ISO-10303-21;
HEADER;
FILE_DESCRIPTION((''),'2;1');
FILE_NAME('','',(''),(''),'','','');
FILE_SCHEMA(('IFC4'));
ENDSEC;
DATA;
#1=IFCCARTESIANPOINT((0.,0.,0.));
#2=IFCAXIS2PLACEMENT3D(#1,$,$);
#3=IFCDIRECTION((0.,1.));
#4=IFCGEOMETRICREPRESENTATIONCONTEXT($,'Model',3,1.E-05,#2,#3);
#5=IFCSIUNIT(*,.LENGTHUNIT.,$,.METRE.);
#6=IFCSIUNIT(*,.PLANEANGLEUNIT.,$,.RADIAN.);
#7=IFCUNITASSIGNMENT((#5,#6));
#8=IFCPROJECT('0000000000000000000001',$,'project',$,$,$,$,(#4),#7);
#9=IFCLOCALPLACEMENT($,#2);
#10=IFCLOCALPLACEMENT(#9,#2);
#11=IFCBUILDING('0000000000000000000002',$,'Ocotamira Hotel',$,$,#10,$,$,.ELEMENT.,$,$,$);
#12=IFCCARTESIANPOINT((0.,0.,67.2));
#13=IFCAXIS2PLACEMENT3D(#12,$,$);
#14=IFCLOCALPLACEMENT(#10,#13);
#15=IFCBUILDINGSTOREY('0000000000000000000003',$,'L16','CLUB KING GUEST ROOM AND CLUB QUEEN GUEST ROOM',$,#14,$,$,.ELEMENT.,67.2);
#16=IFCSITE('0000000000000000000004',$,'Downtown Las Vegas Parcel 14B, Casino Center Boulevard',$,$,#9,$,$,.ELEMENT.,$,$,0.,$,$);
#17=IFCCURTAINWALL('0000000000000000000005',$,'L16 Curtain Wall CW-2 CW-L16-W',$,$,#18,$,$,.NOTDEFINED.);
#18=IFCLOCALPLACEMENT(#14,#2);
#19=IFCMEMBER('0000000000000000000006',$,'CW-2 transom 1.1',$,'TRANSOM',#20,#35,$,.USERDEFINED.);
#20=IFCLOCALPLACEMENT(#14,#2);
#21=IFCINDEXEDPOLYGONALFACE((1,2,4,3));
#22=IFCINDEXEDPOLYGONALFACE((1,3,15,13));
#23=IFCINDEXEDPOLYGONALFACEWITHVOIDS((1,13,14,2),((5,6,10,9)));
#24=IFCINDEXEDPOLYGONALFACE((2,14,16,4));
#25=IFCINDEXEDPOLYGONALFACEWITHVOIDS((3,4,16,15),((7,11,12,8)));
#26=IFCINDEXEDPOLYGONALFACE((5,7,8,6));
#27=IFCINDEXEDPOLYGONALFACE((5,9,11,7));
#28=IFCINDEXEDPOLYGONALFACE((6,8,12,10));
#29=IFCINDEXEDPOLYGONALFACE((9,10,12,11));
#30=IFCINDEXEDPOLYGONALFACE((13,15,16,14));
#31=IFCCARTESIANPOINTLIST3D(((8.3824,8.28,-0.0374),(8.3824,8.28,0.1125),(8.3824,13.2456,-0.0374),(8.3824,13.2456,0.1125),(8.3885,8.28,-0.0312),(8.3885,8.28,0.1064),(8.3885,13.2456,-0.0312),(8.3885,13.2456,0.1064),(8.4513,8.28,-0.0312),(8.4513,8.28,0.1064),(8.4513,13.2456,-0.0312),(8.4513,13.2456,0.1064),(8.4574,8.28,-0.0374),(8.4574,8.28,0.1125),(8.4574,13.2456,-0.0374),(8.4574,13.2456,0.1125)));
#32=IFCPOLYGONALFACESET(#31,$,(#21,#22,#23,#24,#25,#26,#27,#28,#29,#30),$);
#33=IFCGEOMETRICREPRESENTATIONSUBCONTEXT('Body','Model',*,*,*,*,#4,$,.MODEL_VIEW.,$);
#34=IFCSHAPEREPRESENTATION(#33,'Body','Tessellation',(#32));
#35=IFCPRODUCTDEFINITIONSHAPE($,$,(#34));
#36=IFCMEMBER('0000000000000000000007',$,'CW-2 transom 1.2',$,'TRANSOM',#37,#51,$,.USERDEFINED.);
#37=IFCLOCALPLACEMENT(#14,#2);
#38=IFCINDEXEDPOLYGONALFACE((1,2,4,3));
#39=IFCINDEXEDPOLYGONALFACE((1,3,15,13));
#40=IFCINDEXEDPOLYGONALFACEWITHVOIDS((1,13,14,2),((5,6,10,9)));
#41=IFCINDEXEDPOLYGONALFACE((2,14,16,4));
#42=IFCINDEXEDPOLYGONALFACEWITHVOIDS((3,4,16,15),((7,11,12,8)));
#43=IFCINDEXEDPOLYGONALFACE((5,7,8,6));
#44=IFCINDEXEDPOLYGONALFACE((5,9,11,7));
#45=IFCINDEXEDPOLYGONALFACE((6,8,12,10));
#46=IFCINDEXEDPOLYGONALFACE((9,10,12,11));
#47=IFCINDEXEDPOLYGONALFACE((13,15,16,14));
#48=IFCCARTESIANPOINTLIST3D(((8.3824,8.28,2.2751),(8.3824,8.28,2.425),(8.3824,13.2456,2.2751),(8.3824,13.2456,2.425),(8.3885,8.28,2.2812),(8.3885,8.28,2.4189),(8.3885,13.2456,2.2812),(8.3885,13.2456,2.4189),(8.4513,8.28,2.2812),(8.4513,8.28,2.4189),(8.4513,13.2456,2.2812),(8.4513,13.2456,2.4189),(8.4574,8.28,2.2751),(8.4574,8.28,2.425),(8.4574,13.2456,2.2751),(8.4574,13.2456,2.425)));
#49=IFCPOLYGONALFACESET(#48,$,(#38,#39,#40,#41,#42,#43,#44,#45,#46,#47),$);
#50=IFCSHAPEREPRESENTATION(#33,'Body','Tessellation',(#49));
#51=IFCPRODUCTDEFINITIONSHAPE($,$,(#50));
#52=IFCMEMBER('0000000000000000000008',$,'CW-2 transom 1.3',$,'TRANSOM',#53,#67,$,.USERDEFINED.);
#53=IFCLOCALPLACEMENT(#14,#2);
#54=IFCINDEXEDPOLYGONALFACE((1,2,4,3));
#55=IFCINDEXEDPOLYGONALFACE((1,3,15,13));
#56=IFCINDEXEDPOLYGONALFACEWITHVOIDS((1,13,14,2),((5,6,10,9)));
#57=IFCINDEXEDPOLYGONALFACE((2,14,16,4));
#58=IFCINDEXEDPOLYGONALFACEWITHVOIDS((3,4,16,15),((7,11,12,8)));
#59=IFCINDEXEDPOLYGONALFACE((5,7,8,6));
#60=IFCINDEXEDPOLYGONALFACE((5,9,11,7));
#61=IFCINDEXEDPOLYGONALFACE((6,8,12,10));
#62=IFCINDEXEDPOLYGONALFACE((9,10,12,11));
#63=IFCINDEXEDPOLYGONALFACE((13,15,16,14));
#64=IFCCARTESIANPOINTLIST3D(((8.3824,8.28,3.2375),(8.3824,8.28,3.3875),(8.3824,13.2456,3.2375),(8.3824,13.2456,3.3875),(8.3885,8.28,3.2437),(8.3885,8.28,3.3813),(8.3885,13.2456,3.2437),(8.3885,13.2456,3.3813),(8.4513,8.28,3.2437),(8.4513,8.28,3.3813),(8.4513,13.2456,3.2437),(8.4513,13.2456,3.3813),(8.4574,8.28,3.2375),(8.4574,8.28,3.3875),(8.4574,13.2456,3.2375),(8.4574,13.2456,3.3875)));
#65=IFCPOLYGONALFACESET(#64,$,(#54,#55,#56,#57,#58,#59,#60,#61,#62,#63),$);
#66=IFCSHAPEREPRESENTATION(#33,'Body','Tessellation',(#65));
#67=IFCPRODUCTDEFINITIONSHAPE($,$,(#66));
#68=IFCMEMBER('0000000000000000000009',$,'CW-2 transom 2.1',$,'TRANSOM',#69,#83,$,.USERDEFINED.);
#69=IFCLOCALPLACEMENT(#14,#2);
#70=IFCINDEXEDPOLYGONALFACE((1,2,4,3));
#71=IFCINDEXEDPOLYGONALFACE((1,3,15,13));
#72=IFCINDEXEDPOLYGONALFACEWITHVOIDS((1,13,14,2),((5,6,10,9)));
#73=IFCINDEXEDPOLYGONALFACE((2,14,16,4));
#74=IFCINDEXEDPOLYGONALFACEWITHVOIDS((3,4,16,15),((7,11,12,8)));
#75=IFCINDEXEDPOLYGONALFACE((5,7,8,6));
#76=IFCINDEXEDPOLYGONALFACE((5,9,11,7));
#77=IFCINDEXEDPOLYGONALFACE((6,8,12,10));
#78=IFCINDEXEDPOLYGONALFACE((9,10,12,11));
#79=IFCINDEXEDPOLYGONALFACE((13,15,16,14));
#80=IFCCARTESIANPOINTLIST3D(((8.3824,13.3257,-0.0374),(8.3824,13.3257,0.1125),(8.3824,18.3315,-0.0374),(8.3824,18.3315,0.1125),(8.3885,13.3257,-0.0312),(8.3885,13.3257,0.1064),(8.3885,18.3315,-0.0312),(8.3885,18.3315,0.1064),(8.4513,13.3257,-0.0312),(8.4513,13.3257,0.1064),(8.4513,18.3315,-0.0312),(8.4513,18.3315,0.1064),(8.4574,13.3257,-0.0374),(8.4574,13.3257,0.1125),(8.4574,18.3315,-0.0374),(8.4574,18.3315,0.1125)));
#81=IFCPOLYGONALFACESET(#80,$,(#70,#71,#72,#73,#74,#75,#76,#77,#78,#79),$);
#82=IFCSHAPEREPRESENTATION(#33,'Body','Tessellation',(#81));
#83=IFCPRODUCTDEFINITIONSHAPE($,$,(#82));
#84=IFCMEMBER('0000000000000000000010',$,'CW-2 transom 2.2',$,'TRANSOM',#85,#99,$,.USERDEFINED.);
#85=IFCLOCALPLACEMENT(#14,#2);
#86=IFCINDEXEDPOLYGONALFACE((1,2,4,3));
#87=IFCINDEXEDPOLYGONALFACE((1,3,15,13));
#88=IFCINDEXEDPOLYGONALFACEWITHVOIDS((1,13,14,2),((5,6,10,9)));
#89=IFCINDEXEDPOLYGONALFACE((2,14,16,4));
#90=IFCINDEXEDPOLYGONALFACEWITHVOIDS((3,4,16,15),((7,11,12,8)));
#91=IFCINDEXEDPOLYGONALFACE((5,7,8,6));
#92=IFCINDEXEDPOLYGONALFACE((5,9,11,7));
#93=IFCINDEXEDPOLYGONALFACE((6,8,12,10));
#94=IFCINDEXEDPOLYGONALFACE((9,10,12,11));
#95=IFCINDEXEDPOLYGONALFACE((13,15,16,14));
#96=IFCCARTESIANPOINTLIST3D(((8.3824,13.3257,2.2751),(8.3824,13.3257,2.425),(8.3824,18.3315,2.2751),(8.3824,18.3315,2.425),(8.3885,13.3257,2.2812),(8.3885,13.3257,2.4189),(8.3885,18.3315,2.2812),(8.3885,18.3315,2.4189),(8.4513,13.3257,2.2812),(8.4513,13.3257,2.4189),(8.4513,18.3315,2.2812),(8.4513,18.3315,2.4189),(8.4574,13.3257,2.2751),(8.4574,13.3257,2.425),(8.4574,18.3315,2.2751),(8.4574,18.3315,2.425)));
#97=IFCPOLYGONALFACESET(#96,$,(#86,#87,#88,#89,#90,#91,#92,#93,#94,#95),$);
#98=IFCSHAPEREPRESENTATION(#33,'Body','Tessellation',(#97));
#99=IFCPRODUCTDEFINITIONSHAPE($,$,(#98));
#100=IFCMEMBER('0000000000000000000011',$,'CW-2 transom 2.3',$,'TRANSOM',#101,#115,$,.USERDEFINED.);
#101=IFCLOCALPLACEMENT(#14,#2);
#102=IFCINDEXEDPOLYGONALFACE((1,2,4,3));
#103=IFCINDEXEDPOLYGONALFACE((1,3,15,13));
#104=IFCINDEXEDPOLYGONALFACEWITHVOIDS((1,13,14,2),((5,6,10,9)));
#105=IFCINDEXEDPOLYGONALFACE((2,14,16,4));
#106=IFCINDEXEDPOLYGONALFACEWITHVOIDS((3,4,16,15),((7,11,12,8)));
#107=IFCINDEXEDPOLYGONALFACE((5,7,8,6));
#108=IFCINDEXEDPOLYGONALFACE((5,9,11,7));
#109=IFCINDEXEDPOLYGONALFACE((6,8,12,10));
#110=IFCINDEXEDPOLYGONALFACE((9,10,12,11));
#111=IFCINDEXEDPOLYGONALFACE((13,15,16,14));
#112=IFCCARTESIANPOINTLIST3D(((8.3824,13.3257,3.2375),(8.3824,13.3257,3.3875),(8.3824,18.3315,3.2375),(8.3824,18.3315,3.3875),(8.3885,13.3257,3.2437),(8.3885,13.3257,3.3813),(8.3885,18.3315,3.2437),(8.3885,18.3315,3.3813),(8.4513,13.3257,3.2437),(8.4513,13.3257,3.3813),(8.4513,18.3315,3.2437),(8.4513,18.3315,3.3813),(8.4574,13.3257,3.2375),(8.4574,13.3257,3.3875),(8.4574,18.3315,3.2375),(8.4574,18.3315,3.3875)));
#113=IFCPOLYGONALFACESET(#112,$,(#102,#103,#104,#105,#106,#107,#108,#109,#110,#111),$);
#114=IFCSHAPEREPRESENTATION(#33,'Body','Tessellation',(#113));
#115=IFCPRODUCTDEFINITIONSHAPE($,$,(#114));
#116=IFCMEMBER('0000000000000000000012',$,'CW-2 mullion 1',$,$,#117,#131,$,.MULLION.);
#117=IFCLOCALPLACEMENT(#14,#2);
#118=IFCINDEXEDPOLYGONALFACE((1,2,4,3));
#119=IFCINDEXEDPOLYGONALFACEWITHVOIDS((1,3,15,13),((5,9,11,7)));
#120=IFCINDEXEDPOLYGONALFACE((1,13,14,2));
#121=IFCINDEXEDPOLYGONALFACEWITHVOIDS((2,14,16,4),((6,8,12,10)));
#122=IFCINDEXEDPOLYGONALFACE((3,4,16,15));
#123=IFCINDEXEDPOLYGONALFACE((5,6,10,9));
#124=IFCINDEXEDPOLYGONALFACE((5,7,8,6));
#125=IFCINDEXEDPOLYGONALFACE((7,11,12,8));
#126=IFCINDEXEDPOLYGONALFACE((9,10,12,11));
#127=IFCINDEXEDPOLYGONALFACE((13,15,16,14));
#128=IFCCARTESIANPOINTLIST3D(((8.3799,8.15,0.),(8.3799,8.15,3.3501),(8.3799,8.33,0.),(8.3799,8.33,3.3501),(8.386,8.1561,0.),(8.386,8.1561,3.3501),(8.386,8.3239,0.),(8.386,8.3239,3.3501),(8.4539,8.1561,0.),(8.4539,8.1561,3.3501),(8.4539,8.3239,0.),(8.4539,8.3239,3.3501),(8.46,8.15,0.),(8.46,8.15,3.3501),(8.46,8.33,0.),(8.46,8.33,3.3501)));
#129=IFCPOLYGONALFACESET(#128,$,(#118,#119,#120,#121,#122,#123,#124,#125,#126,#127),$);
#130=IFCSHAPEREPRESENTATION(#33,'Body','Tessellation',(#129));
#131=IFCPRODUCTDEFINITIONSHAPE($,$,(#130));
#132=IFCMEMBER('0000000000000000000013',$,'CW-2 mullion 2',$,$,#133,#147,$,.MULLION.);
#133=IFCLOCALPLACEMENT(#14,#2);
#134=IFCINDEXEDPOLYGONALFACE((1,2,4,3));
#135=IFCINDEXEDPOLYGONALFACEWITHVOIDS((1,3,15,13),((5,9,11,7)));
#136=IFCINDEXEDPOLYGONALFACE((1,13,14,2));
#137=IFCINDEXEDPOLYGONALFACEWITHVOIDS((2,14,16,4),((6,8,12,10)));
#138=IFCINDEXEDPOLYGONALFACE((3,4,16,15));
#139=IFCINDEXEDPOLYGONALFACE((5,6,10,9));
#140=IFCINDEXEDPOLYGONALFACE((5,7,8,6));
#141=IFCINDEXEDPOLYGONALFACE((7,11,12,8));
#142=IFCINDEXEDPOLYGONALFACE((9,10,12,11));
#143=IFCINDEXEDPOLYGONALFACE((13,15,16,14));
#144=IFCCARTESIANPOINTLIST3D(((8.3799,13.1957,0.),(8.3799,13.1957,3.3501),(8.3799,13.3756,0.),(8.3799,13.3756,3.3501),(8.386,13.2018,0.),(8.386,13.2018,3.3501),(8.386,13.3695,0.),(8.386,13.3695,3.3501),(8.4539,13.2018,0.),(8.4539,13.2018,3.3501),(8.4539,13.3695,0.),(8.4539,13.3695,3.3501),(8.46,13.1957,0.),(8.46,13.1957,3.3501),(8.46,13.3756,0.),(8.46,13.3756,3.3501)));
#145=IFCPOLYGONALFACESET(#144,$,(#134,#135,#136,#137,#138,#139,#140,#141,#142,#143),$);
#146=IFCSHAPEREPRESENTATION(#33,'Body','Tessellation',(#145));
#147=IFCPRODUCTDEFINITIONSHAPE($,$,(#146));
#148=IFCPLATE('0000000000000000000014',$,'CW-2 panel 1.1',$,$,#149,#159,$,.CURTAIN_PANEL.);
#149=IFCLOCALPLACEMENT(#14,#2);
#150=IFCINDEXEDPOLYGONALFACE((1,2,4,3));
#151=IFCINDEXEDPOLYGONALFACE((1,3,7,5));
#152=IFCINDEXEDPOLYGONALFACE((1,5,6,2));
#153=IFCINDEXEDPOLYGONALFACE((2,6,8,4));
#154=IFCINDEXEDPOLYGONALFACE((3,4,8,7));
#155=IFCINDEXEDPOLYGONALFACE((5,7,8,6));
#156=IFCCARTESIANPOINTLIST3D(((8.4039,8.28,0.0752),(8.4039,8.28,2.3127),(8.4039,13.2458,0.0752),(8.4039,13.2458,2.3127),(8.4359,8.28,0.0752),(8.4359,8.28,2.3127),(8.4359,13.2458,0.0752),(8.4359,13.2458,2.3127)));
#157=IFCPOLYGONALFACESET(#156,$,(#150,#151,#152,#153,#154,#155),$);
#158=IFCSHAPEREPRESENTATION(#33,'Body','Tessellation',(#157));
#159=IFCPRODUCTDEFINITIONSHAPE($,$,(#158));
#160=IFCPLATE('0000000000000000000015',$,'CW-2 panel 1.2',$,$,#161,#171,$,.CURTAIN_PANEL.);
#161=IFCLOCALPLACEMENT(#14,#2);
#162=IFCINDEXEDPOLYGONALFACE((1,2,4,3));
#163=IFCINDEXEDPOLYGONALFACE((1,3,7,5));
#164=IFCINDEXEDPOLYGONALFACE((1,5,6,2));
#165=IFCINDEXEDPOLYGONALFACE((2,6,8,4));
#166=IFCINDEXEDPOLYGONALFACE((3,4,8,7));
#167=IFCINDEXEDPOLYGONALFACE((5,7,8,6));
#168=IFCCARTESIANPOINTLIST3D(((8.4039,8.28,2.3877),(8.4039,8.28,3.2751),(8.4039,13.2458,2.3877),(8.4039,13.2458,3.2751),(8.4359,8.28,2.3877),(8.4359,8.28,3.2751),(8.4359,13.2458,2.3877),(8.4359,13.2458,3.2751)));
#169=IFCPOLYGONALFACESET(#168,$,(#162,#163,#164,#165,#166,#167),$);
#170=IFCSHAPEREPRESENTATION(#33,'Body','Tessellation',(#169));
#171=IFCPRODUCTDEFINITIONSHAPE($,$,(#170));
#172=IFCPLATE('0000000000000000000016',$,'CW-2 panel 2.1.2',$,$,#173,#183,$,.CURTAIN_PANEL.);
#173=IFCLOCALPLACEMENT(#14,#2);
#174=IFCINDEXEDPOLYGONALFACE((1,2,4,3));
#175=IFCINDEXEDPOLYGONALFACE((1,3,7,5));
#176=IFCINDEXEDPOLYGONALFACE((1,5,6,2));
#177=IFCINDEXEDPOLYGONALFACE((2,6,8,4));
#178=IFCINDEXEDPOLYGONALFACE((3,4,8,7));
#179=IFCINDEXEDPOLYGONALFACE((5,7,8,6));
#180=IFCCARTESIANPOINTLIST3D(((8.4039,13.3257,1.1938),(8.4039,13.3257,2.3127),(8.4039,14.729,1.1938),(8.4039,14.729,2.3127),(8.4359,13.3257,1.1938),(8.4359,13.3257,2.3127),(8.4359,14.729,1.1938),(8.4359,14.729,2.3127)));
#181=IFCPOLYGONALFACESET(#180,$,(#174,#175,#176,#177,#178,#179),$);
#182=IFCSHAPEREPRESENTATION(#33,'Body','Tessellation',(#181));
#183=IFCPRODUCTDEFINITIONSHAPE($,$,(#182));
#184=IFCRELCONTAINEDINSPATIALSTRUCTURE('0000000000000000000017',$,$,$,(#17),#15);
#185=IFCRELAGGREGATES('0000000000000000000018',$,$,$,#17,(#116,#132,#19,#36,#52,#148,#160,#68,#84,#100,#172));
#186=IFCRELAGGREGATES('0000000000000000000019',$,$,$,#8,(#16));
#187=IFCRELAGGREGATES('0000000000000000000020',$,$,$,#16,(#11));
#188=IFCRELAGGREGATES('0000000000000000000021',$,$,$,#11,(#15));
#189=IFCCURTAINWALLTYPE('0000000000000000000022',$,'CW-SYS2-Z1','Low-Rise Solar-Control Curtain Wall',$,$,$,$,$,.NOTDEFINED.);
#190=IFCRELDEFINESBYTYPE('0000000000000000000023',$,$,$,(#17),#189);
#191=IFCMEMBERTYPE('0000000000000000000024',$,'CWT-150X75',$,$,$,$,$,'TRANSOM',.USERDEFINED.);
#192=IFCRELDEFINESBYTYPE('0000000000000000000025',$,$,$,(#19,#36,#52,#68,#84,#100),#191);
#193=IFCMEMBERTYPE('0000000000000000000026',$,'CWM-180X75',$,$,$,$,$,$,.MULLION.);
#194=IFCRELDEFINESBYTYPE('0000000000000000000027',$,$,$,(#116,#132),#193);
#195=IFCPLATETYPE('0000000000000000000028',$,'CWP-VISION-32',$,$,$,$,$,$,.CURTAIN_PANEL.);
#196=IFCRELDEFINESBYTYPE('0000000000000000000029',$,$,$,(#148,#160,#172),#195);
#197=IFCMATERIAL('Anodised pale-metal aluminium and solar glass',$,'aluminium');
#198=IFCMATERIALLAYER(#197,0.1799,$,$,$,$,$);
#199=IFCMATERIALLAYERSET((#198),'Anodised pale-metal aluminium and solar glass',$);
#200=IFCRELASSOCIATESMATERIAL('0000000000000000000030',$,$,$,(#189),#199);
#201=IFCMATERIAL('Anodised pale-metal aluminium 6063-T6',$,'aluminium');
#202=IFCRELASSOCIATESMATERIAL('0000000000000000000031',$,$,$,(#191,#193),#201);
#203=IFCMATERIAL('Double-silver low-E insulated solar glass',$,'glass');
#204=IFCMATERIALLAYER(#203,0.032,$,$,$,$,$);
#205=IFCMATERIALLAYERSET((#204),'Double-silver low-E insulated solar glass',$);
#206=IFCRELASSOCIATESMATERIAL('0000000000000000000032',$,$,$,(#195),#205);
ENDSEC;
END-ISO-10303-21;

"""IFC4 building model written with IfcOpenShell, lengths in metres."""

from ifc_helpers import new_model, si_unit, direction, frame, origin, origin_2d, place, context, subcontext, project, spatial, rectangle, hollow_rectangle, extrude, source, transform, mapped, material, layer, layer_set, material_profile, profile_set, type_object, element, aggregate, save


model = new_model("IFC4")

# Units and contexts
model_context = context("Model", 3, precision=1e-05, world=origin(), true_north=direction((0.0, 1.0)))
body_context = subcontext(model_context, "Body", "Model", "MODEL_VIEW")
ifc_project = project(units=[si_unit("LENGTHUNIT", "METRE"), si_unit("PLANEANGLEUNIT", "RADIAN")], contexts=[model_context])

# Site, building, storey
site_placement = place(None, origin())
site = spatial("IfcSite", under=ifc_project, at=site_placement, Name="Downtown Las Vegas Parcel 14B, Casino Center Boulevard", CompositionType="ELEMENT", RefElevation=0.0)
building_placement = place(site_placement, origin())
building = spatial("IfcBuilding", under=site, at=building_placement, Name="Ocotamira Hotel", CompositionType="ELEMENT")
storey_placement = place(building_placement, frame((0.0, 0.0, 67.2)))
storey = spatial("IfcBuildingStorey", under=building, at=storey_placement, Name="L16", Description="CLUB KING GUEST ROOM AND CLUB QUEEN GUEST ROOM", CompositionType="ELEMENT", Elevation=67.2)

# Curtain wall, members, plates
ifc_material_1 = material(Name="Anodised pale-metal aluminium and solar glass", Category="aluminium")
ifc_layer_1 = layer(ifc_material_1, 0.1799)
ifc_layer_set_1 = layer_set([ifc_layer_1], Name="Anodised pale-metal aluminium and solar glass")
curtain_wall_type = type_object("IfcCurtainWallType", Name="CW-SYS2-Z1", Description="Low-Rise Solar-Control Curtain Wall", PredefinedType="NOTDEFINED", material=ifc_layer_set_1)
curtain_wall_placement = place(storey_placement, origin())
curtain_wall = element("IfcCurtainWall", 1, at=curtain_wall_placement, inside=storey, type_object=curtain_wall_type, Name="L16 Curtain Wall CW-2 CW-L16-W", PredefinedType="NOTDEFINED")
ifc_material_2 = material(Name="Anodised pale-metal aluminium 6063-T6", Category="aluminium")
ifc_material_profile_1 = material_profile(ifc_material_2, hollow_rectangle(XDim=0.075, YDim=0.1499, WallThickness=0.0061, at=origin_2d()), Name="HSS150X75X6")
ifc_profile_set_1 = profile_set([ifc_material_profile_1], Name="Anodised pale-metal aluminium 6063-T6")
member_type_1 = type_object("IfcMemberType", Name="CWT-150X75", ElementType="TRANSOM", PredefinedType="USERDEFINED", material=ifc_profile_set_1)
shared_shape_1 = source(origin(), body_context, "Body", "SweptSolid", [
    extrude(hollow_rectangle(XDim=0.075, YDim=0.1499, WallThickness=0.0061, at=origin_2d()), origin(), (0.0, 0.0, 1.0), 4.9656),
])
member_1_placement = place(storey_placement, frame((8.4199, 8.28, 0.0376), z_axis=(0.0, 1.0, 0.0), x_axis=(-1.0, 0.0, 0.0)))
member_1 = element("IfcMember", 2, at=member_1_placement, type_object=member_type_1, Name="CW-2 transom 1.1", ObjectType="TRANSOM", PredefinedType="USERDEFINED", context=body_context, shape_type="MappedRepresentation", body=[
    mapped(shared_shape_1, transform((0.0, 0.0, 0.0), scale=1.0)),
])
member_2_placement = place(storey_placement, frame((8.4199, 8.28, 2.3501), z_axis=(0.0, 1.0, 0.0), x_axis=(-1.0, 0.0, 0.0)))
member_2 = element("IfcMember", 3, at=member_2_placement, type_object=member_type_1, Name="CW-2 transom 1.2", ObjectType="TRANSOM", PredefinedType="USERDEFINED", context=body_context, shape_type="MappedRepresentation", body=[
    mapped(shared_shape_1, transform((0.0, 0.0, 0.0), scale=1.0)),
])
member_3_placement = place(storey_placement, frame((8.4199, 8.28, 3.3125), z_axis=(0.0, 1.0, 0.0), x_axis=(-1.0, 0.0, 0.0)))
member_3 = element("IfcMember", 4, at=member_3_placement, type_object=member_type_1, Name="CW-2 transom 1.3", ObjectType="TRANSOM", PredefinedType="USERDEFINED", context=body_context, shape_type="MappedRepresentation", body=[
    mapped(shared_shape_1, transform((0.0, 0.0, 0.0), scale=1.0)),
])
shared_shape_2 = source(origin(), body_context, "Body", "SweptSolid", [
    extrude(hollow_rectangle(XDim=0.075, YDim=0.1499, WallThickness=0.0061, at=origin_2d()), origin(), (0.0, 0.0, 1.0), 5.0059),
])
member_4_placement = place(storey_placement, frame((8.4199, 13.3257, 0.0376), z_axis=(0.0, 1.0, 0.0), x_axis=(-1.0, 0.0, 0.0)))
member_4 = element("IfcMember", 5, at=member_4_placement, type_object=member_type_1, Name="CW-2 transom 2.1", ObjectType="TRANSOM", PredefinedType="USERDEFINED", context=body_context, shape_type="MappedRepresentation", body=[
    mapped(shared_shape_2, transform((0.0, 0.0, 0.0), scale=1.0)),
])
member_5_placement = place(storey_placement, frame((8.4199, 13.3257, 2.3501), z_axis=(0.0, 1.0, 0.0), x_axis=(-1.0, 0.0, 0.0)))
member_5 = element("IfcMember", 6, at=member_5_placement, type_object=member_type_1, Name="CW-2 transom 2.2", ObjectType="TRANSOM", PredefinedType="USERDEFINED", context=body_context, shape_type="MappedRepresentation", body=[
    mapped(shared_shape_2, transform((0.0, 0.0, 0.0), scale=1.0)),
])
member_6_placement = place(storey_placement, frame((8.4199, 13.3257, 3.3125), z_axis=(0.0, 1.0, 0.0), x_axis=(-1.0, 0.0, 0.0)))
member_6 = element("IfcMember", 7, at=member_6_placement, type_object=member_type_1, Name="CW-2 transom 2.3", ObjectType="TRANSOM", PredefinedType="USERDEFINED", context=body_context, shape_type="MappedRepresentation", body=[
    mapped(shared_shape_2, transform((0.0, 0.0, 0.0), scale=1.0)),
])
ifc_material_profile_2 = material_profile(ifc_material_2, hollow_rectangle(XDim=0.0801, YDim=0.1799, WallThickness=0.0061, at=origin_2d()), Name="HSS180X80X6")
ifc_profile_set_2 = profile_set([ifc_material_profile_2], Name="Anodised pale-metal aluminium 6063-T6")
member_type_2 = type_object("IfcMemberType", Name="CWM-180X75", PredefinedType="MULLION", material=ifc_profile_set_2)
shared_shape_3 = source(origin(), body_context, "Body", "SweptSolid", [
    extrude(hollow_rectangle(XDim=0.0801, YDim=0.1799, WallThickness=0.0061, at=origin_2d()), origin(), (0.0, 0.0, 1.0), 3.3501),
])
member_7_placement = place(storey_placement, frame((8.4199, 8.24, 0.0), z_axis=(0.0, 0.0, 1.0), x_axis=(-1.0, 0.0, 0.0)))
member_7 = element("IfcMember", 8, at=member_7_placement, type_object=member_type_2, Name="CW-2 mullion 1", PredefinedType="MULLION", context=body_context, shape_type="MappedRepresentation", body=[
    mapped(shared_shape_3, transform((0.0, 0.0, 0.0), scale=1.0)),
])
member_8_placement = place(storey_placement, frame((8.4199, 13.2856, 0.0), z_axis=(0.0, 0.0, 1.0), x_axis=(-1.0, 0.0, 0.0)))
member_8 = element("IfcMember", 9, at=member_8_placement, type_object=member_type_2, Name="CW-2 mullion 2", PredefinedType="MULLION", context=body_context, shape_type="MappedRepresentation", body=[
    mapped(shared_shape_3, transform((0.0, 0.0, 0.0), scale=1.0)),
])
ifc_material_3 = material(Name="Double-silver low-E insulated solar glass", Category="glass")
ifc_layer_2 = layer(ifc_material_3, 0.032)
ifc_layer_set_2 = layer_set([ifc_layer_2], Name="Double-silver low-E insulated solar glass")
plate_type = type_object("IfcPlateType", Name="CWP-VISION-32", PredefinedType="CURTAIN_PANEL", material=ifc_layer_set_2)
shared_shape_4 = source(origin(), body_context, "Body", "SweptSolid", [
    extrude(rectangle(XDim=4.9658, YDim=0.032, at=origin_2d()), origin(), (0.0, 0.0, 1.0), 2.2375),
])
plate_1_placement = place(storey_placement, frame((8.4199, 10.7629, 0.0752), z_axis=(0.0, 0.0, 1.0), x_axis=(0.0, 1.0, 0.0)))
plate_1 = element("IfcPlate", 10, at=plate_1_placement, type_object=plate_type, Name="CW-2 panel 1.1", PredefinedType="CURTAIN_PANEL", context=body_context, shape_type="MappedRepresentation", body=[
    mapped(shared_shape_4, transform((0.0, 0.0, 0.0), scale=1.0)),
])
shared_shape_5 = source(origin(), body_context, "Body", "SweptSolid", [
    extrude(rectangle(XDim=4.9658, YDim=0.032, at=origin_2d()), origin(), (0.0, 0.0, 1.0), 0.8875),
])
plate_2_placement = place(storey_placement, frame((8.4199, 10.7629, 2.3877), z_axis=(0.0, 0.0, 1.0), x_axis=(0.0, 1.0, 0.0)))
plate_2 = element("IfcPlate", 11, at=plate_2_placement, type_object=plate_type, Name="CW-2 panel 1.2", PredefinedType="CURTAIN_PANEL", context=body_context, shape_type="MappedRepresentation", body=[
    mapped(shared_shape_5, transform((0.0, 0.0, 0.0), scale=1.0)),
])
shared_shape_6 = source(origin(), body_context, "Body", "SweptSolid", [
    extrude(rectangle(XDim=1.4033, YDim=0.032, at=origin_2d()), origin(), (0.0, 0.0, 1.0), 1.1189),
])
plate_3_placement = place(storey_placement, frame((8.4199, 14.0273, 1.1938), z_axis=(0.0, 0.0, 1.0), x_axis=(0.0, 1.0, 0.0)))
plate_3 = element("IfcPlate", 12, at=plate_3_placement, type_object=plate_type, Name="CW-2 panel 2.1.2", PredefinedType="CURTAIN_PANEL", context=body_context, shape_type="MappedRepresentation", body=[
    mapped(shared_shape_6, transform((0.0, 0.0, 0.0), scale=1.0)),
])
aggregate(curtain_wall, [member_7, member_8, member_1, member_2, member_3, plate_1, plate_2, member_4, member_5, member_6, plate_3])

save(model, "model.ifc")
